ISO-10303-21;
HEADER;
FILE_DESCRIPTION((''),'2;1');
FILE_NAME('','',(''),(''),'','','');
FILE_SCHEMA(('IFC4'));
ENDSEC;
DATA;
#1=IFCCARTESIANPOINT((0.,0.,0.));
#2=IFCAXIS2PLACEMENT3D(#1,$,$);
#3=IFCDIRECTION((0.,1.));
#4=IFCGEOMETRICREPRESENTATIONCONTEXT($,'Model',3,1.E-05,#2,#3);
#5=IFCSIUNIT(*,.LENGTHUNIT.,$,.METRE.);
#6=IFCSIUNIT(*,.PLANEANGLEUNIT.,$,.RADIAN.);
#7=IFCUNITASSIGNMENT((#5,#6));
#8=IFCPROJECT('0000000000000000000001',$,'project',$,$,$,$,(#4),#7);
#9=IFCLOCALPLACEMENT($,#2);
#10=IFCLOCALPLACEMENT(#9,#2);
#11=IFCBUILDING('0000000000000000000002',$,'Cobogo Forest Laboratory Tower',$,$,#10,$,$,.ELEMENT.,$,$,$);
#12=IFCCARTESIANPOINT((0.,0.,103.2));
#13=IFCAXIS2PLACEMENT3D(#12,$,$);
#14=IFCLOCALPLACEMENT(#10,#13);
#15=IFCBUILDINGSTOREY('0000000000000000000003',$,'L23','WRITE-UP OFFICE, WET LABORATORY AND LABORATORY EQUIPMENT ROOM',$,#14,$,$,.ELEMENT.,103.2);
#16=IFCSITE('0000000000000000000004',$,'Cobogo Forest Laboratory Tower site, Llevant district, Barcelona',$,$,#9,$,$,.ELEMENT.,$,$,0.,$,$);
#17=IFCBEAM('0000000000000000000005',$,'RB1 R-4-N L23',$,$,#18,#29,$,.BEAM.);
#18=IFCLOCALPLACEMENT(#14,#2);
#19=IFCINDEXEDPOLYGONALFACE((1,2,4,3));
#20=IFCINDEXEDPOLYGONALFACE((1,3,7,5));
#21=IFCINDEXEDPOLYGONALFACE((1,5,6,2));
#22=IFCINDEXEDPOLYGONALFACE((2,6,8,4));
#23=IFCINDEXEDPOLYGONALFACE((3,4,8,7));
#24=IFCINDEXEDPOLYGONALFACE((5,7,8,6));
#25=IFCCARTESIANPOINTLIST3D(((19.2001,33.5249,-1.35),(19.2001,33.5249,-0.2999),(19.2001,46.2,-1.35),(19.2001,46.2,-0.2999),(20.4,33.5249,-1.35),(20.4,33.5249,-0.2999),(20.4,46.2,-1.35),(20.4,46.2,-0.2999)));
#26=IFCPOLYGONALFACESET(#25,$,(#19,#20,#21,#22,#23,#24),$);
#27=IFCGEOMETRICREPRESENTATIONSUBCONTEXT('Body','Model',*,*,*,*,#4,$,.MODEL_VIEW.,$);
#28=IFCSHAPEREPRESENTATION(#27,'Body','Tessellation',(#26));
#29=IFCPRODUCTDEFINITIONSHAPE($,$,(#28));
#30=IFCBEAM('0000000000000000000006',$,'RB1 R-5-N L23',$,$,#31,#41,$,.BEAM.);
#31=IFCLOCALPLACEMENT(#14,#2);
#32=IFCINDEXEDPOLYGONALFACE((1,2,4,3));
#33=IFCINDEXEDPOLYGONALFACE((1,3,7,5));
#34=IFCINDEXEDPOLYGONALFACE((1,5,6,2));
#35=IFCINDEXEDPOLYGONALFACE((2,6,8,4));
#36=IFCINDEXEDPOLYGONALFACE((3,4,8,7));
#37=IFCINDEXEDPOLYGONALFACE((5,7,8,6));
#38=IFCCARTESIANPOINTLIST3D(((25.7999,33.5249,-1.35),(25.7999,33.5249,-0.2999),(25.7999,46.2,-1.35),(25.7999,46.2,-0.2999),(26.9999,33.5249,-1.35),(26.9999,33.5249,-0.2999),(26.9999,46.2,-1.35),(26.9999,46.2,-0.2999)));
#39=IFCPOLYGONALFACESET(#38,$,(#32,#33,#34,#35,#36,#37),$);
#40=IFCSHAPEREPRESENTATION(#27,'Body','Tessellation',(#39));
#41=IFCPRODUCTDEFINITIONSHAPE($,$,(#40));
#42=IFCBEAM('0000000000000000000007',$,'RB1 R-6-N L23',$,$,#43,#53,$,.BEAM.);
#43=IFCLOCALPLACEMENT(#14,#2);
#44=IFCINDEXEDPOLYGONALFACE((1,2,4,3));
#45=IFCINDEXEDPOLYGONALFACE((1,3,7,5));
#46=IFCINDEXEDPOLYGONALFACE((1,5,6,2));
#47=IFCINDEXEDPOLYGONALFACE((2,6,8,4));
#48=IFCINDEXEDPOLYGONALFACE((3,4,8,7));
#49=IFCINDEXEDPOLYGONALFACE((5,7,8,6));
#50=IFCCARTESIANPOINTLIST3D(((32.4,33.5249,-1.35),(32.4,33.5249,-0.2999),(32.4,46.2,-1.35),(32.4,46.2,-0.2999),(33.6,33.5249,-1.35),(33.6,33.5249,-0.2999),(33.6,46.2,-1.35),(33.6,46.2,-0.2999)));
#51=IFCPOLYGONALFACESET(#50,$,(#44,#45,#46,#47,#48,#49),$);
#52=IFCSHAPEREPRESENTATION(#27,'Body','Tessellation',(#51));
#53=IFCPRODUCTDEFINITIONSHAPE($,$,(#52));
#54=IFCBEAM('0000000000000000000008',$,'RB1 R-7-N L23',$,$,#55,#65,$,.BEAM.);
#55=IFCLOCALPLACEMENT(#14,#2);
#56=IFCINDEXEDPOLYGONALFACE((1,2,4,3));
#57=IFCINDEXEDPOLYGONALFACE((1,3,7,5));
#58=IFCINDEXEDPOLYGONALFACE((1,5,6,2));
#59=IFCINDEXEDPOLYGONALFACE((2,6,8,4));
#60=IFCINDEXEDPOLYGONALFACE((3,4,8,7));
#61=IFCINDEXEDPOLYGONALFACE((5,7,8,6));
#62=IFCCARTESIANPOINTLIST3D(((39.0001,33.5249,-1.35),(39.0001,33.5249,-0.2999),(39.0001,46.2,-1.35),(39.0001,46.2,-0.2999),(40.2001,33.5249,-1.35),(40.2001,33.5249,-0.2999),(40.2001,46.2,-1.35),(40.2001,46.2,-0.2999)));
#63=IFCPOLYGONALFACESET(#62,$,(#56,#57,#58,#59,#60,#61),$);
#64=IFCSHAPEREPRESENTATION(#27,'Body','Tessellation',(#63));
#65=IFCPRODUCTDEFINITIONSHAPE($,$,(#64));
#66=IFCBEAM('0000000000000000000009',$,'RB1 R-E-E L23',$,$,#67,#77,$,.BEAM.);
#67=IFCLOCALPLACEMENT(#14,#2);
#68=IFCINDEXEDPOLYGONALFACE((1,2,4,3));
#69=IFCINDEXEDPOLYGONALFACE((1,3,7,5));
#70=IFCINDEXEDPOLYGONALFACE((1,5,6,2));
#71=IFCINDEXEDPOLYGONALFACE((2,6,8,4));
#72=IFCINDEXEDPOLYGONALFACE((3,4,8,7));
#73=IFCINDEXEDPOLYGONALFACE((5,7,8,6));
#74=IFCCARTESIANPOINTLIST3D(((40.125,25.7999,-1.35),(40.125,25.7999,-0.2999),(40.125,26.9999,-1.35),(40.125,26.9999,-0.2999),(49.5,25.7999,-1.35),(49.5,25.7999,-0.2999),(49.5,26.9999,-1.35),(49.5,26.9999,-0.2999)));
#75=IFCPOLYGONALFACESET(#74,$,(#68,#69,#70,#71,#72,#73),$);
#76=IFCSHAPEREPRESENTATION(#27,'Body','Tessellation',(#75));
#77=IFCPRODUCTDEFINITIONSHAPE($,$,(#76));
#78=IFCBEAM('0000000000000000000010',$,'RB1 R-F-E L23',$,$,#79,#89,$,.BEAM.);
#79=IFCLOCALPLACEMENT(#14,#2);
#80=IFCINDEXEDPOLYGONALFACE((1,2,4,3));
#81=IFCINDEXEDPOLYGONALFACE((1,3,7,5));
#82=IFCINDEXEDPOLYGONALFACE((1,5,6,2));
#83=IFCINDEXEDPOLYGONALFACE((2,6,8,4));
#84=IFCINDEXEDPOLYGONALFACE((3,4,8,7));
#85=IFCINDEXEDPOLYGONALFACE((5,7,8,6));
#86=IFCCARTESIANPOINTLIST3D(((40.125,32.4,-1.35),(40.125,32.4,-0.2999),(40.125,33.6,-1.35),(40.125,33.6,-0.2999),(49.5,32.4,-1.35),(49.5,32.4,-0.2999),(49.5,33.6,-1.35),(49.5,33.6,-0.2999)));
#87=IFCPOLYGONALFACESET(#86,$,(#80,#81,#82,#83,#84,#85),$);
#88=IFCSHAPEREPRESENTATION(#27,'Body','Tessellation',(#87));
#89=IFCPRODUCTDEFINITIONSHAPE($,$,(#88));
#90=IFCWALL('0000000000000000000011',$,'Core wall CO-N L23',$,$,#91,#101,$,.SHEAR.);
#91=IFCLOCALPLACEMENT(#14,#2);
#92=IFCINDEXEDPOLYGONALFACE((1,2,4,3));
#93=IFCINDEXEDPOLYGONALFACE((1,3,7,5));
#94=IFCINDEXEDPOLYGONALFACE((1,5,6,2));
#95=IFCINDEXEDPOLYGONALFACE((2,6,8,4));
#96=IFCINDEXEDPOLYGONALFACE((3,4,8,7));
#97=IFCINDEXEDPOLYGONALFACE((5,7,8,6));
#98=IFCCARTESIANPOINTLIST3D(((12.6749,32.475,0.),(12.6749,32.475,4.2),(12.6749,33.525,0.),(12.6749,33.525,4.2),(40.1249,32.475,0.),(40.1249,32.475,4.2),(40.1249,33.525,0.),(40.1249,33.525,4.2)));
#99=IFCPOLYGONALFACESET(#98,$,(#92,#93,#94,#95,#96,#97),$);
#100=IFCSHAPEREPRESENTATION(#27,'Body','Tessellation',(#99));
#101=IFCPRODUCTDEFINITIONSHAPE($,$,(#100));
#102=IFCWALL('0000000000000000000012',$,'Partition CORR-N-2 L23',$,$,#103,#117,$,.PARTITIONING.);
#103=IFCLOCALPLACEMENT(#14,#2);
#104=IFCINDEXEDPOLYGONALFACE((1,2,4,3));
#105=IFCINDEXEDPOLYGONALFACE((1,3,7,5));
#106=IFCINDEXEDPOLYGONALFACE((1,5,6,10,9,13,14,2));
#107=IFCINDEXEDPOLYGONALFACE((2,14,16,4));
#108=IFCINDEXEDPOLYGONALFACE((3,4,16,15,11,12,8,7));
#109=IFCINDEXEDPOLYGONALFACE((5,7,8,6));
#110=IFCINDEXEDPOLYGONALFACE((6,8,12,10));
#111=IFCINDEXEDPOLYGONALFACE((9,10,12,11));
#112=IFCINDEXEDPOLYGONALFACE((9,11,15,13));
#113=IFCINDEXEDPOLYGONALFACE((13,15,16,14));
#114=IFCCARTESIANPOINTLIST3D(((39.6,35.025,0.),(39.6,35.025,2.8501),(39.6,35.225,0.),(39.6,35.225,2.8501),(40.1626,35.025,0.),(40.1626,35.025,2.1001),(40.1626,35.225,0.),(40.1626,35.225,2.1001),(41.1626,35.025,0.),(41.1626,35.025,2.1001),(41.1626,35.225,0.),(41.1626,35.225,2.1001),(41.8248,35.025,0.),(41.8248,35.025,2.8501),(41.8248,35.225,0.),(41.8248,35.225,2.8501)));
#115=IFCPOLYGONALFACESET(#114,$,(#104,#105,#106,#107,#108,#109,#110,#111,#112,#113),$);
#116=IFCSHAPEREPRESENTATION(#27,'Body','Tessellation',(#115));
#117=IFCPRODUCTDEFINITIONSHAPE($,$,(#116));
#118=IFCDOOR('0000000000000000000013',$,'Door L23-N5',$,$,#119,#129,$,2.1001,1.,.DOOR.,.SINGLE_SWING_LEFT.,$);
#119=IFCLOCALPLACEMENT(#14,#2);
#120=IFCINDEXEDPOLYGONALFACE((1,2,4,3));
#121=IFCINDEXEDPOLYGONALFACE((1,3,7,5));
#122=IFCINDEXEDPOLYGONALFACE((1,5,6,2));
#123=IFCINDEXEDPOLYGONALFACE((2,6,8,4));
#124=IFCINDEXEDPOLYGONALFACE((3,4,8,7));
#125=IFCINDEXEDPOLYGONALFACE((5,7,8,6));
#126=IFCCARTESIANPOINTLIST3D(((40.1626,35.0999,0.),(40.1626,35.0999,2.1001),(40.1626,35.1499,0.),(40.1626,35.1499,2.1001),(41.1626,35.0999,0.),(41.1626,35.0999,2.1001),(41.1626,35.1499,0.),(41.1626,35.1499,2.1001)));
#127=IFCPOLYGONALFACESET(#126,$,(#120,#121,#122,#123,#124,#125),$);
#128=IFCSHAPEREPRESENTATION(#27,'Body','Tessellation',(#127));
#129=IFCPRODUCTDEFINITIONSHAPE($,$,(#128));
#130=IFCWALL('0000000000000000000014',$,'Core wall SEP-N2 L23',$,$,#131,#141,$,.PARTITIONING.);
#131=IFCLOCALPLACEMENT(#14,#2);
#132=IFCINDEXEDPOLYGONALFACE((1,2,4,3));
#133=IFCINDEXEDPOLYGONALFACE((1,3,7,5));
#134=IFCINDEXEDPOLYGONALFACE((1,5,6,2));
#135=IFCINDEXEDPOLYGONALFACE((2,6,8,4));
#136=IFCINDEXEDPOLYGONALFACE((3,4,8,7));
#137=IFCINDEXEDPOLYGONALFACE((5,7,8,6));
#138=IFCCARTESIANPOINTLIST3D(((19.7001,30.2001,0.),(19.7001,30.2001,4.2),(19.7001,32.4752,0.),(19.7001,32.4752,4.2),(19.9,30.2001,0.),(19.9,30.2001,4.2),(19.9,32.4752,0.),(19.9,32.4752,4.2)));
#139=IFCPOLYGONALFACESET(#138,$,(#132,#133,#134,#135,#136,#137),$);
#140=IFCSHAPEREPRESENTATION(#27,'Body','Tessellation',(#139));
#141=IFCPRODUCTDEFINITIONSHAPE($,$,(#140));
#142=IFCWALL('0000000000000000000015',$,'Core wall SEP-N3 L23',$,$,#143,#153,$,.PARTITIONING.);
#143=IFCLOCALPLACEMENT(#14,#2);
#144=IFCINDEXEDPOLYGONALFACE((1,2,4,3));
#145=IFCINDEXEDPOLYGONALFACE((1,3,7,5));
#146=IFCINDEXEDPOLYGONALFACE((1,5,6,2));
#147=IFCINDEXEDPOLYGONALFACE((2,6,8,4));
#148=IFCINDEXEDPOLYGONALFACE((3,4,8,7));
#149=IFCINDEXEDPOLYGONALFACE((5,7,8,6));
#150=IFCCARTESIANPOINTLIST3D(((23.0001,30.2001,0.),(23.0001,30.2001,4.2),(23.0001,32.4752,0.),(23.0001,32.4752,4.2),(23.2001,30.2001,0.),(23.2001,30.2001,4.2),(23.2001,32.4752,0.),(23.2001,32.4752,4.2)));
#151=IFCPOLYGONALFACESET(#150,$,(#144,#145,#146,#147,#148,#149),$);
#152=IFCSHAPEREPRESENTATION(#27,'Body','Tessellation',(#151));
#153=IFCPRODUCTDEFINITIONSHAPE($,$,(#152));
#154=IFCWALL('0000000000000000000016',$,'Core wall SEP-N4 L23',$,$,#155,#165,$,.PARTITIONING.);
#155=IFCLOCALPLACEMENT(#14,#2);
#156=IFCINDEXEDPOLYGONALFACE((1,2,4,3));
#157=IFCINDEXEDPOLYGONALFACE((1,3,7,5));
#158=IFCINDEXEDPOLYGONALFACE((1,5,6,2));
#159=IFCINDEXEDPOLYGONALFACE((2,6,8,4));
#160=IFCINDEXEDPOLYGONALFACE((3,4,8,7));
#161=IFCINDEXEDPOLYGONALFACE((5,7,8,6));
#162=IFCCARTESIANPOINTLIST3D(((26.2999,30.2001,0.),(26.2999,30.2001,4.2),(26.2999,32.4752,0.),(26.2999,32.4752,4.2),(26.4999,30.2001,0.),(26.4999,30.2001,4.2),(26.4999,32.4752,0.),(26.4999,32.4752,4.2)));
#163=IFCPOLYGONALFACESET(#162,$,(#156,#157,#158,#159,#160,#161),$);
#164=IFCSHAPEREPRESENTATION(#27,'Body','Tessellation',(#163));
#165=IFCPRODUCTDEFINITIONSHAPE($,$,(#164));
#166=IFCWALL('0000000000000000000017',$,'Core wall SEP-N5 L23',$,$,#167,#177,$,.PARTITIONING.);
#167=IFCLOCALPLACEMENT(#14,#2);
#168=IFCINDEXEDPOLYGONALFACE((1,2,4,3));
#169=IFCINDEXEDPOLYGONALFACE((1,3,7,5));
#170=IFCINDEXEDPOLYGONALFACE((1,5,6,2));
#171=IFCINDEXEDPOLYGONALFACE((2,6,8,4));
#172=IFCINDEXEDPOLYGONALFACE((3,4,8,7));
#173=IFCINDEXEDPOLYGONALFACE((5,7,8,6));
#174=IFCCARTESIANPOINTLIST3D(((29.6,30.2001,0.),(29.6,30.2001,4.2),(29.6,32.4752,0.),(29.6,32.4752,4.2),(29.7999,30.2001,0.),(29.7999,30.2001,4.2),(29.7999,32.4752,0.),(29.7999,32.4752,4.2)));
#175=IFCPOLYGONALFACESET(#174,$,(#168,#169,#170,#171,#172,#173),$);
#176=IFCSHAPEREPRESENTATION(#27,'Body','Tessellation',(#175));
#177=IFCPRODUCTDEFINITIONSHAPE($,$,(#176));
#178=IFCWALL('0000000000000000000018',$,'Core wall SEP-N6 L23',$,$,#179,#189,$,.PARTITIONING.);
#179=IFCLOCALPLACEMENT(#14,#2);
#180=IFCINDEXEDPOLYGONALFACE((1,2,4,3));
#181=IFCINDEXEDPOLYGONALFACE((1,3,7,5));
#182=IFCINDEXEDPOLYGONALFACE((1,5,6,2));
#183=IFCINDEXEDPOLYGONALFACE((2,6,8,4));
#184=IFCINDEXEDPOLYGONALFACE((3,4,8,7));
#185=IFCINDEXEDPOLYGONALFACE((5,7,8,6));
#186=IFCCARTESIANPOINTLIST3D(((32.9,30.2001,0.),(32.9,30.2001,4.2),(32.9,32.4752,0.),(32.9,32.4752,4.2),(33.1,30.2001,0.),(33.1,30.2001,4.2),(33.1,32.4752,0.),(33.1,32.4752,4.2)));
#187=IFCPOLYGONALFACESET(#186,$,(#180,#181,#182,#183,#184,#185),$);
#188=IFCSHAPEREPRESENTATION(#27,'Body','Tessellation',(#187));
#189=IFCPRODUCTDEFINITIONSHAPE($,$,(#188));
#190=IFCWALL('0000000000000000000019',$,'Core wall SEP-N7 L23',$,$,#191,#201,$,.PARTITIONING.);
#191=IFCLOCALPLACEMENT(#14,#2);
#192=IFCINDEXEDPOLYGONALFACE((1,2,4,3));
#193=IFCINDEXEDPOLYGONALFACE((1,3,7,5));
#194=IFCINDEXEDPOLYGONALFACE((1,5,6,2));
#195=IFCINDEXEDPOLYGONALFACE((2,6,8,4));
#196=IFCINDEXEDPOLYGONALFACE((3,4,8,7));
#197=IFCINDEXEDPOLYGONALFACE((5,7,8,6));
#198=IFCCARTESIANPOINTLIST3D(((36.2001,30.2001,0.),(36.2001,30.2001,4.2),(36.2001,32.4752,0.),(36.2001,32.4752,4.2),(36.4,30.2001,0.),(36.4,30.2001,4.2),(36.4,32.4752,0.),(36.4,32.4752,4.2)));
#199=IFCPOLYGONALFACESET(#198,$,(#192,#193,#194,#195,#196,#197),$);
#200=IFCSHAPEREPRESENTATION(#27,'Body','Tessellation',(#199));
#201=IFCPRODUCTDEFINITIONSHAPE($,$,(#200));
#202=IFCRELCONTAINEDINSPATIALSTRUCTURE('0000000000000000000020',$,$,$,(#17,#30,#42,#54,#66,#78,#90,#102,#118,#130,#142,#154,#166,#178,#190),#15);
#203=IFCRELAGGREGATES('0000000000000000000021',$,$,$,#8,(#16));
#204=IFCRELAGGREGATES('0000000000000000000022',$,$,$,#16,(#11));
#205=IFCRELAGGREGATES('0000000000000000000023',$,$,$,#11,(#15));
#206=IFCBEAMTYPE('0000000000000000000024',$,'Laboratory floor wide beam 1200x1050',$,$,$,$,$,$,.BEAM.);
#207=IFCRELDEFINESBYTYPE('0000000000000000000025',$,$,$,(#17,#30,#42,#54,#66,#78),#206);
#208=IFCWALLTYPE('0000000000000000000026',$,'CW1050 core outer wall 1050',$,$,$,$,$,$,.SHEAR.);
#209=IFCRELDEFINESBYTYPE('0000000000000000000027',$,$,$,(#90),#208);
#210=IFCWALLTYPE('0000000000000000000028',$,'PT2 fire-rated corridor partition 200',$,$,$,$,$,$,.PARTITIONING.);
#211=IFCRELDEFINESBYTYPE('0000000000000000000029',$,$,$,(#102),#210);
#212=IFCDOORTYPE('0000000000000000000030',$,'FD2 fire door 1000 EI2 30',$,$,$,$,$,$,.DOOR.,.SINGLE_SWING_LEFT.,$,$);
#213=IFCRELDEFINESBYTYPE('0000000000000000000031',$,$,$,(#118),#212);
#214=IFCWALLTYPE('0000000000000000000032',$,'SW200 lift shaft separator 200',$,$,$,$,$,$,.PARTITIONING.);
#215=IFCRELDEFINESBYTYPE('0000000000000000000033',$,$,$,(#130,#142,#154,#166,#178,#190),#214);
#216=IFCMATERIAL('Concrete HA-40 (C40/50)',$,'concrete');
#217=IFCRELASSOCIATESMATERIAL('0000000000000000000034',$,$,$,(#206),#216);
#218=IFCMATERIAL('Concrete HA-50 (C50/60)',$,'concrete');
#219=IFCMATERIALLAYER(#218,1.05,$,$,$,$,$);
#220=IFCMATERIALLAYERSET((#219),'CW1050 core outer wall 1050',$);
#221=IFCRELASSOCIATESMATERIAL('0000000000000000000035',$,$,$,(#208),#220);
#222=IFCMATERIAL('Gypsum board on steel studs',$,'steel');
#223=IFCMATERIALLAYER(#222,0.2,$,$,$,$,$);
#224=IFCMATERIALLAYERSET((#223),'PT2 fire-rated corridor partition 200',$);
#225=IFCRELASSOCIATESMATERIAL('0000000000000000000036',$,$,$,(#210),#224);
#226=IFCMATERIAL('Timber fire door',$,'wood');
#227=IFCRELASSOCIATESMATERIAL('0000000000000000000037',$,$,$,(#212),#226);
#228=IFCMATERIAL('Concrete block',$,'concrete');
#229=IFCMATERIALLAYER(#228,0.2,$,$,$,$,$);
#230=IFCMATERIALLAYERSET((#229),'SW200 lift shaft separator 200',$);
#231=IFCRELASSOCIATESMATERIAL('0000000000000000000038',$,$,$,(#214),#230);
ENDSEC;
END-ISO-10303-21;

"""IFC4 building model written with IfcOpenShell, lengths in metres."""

from ifc_helpers import new_model, si_unit, direction, frame, frame_2d, origin, origin_2d, place, context, subcontext, project, spatial, rectangle, extrude, material, layer, layer_set, material_profile, profile_set, type_object, element, fill, save


model = new_model("IFC4")

# Units and contexts
model_context = context("Model", 3, precision=1e-05, world=origin(), true_north=direction((0.0, 1.0)))
body_context = subcontext(model_context, "Body", "Model", "MODEL_VIEW")
ifc_project = project(units=[si_unit("LENGTHUNIT", "METRE"), si_unit("PLANEANGLEUNIT", "RADIAN")], contexts=[model_context])

# Site, building, storey
site_placement = place(None, origin())
site = spatial("IfcSite", under=ifc_project, at=site_placement, Name="Cobogo Forest Laboratory Tower site, Llevant district, Barcelona", CompositionType="ELEMENT", RefElevation=0.0)
building_placement = place(site_placement, origin())
building = spatial("IfcBuilding", under=site, at=building_placement, Name="Cobogo Forest Laboratory Tower", CompositionType="ELEMENT")
storey_placement = place(building_placement, frame((0.0, 0.0, 103.2)))
storey = spatial("IfcBuildingStorey", under=building, at=storey_placement, Name="L23", Description="WRITE-UP OFFICE, WET LABORATORY AND LABORATORY EQUIPMENT ROOM", CompositionType="ELEMENT", Elevation=103.2)

# Beams
ifc_material_1 = material(Name="Concrete HA-40 (C40/50)", Category="concrete")
ifc_material_profile = material_profile(ifc_material_1, rectangle(XDim=1.2, YDim=1.05, at=origin_2d()), Name="RC 1200x1050")
ifc_profile_set = profile_set([ifc_material_profile], Name="Concrete HA-40 (C40/50)")
beam_type = type_object("IfcBeamType", Name="Laboratory floor wide beam 1200x1050", PredefinedType="BEAM", material=ifc_profile_set)
for number, where, z_axis, x_axis, name in (
    (1, (19.8, 33.5249, -0.825), (0.0, 1.0, 0.0), (-1.0, 0.0, 0.0), "RB1 R-4-N L23"),
    (2, (26.3999, 33.5249, -0.825), (0.0, 1.0, 0.0), (-1.0, 0.0, 0.0), "RB1 R-5-N L23"),
    (3, (33.0, 33.5249, -0.825), (0.0, 1.0, 0.0), (-1.0, 0.0, 0.0), "RB1 R-6-N L23"),
    (4, (39.6001, 33.5249, -0.825), (0.0, 1.0, 0.0), (-1.0, 0.0, 0.0), "RB1 R-7-N L23"),
):
    element("IfcBeam", number, at=place(storey_placement, frame(where, z_axis=z_axis, x_axis=x_axis)), inside=storey, type_object=beam_type, Name=name, PredefinedType="BEAM", context=body_context, shape_type="SweptSolid", body=[
        extrude(rectangle(XDim=1.2, YDim=1.05, at=origin_2d()), origin(), (0.0, 0.0, 1.0), 12.675),
    ])
for number, where, z_axis, x_axis, name in (
    (5, (40.125, 26.3999, -0.825), (1.0, 0.0, 0.0), (0.0, 1.0, 0.0), "RB1 R-E-E L23"),
    (6, (40.125, 33.0, -0.825), (1.0, 0.0, 0.0), (0.0, 1.0, 0.0), "RB1 R-F-E L23"),
):
    element("IfcBeam", number, at=place(storey_placement, frame(where, z_axis=z_axis, x_axis=x_axis)), inside=storey, type_object=beam_type, Name=name, PredefinedType="BEAM", context=body_context, shape_type="SweptSolid", body=[
        extrude(rectangle(XDim=1.2, YDim=1.05, at=origin_2d()), origin(), (0.0, 0.0, 1.0), 9.375),
    ])

# Wall
ifc_material_2 = material(Name="Concrete HA-50 (C50/60)", Category="concrete")
ifc_layer_1 = layer(ifc_material_2, 1.05)
ifc_layer_set_1 = layer_set([ifc_layer_1], Name="CW1050 core outer wall 1050")
wall_type_1 = type_object("IfcWallType", Name="CW1050 core outer wall 1050", PredefinedType="SHEAR", material=ifc_layer_set_1)
wall_1_placement = place(storey_placement, frame((40.125, 33.0, 0.0), z_axis=(0.0, 0.0, 1.0), x_axis=(-1.0, 0.0, 0.0)))
element("IfcWall", 7, at=wall_1_placement, inside=storey, type_object=wall_type_1, Name="Core wall CO-N L23", PredefinedType="SHEAR", context=body_context, shape_type="SweptSolid", body=[
    extrude(rectangle(XDim=27.45, YDim=1.05, at=frame_2d((13.7251, 0.0))), origin(), (0.0, 0.0, 1.0), 4.2),
])

# Wall, opening, door
ifc_material_3 = material(Name="Gypsum board on steel studs", Category="steel")
ifc_layer_2 = layer(ifc_material_3, 0.2)
ifc_layer_set_2 = layer_set([ifc_layer_2], Name="PT2 fire-rated corridor partition 200")
wall_type_2 = type_object("IfcWallType", Name="PT2 fire-rated corridor partition 200", PredefinedType="PARTITIONING", material=ifc_layer_set_2)
wall_2_placement = place(storey_placement, frame((39.6001, 35.125, 0.0), z_axis=(0.0, 0.0, 1.0), x_axis=(1.0, 0.0, 0.0)))
wall_2 = element("IfcWall", 8, at=wall_2_placement, inside=storey, type_object=wall_type_2, Name="Partition CORR-N-2 L23", PredefinedType="PARTITIONING", context=body_context, shape_type="SweptSolid", body=[
    extrude(rectangle(XDim=2.2249, YDim=0.2, at=frame_2d((1.1123, 0.0))), origin(), (0.0, 0.0, 1.0), 2.8501),
])
opening_placement = place(wall_2_placement, frame((0.5625, 0.0, 0.0)))
opening = element("IfcOpeningElement", 9, at=opening_placement, cuts=wall_2, PredefinedType="OPENING", context=body_context, shape_type="SweptSolid", body=[
    extrude(rectangle(XDim=1.0, YDim=2.1001, at=frame_2d((0.5, 1.05))), frame((0.0, 0.1099, 0.0), z_axis=(0.0, -1.0, 0.0), x_axis=(1.0, 0.0, 0.0)), (0.0, 0.0, 1.0), 0.22),
])
ifc_material_4 = material(Name="Timber fire door", Category="wood")
door_type = type_object("IfcDoorType", Name="FD2 fire door 1000 EI2 30", OperationType="SINGLE_SWING_LEFT", PredefinedType="DOOR", material=ifc_material_4)
door_placement = place(opening_placement, origin())
door = element("IfcDoor", 10, at=door_placement, inside=storey, type_object=door_type, Name="Door L23-N5", OperationType="SINGLE_SWING_LEFT", OverallHeight=2.1001, OverallWidth=1.0, PredefinedType="DOOR", context=body_context, shape_type="SweptSolid", body=[
    extrude(rectangle(XDim=1.0, YDim=2.1001, at=frame_2d((0.5, 1.05))), frame((0.0, 0.0249, 0.0), z_axis=(0.0, -1.0, 0.0), x_axis=(1.0, 0.0, 0.0)), (0.0, 0.0, 1.0), 0.05),
])
fill(opening, door)

# Walls
ifc_material_5 = material(Name="Concrete block", Category="concrete")
ifc_layer_3 = layer(ifc_material_5, 0.2)
ifc_layer_set_3 = layer_set([ifc_layer_3], Name="SW200 lift shaft separator 200")
wall_type_3 = type_object("IfcWallType", Name="SW200 lift shaft separator 200", PredefinedType="PARTITIONING", material=ifc_layer_set_3)
for number, where, z_axis, x_axis, name in (
    (11, (19.8, 30.2, 0.0), (0.0, 0.0, 1.0), (0.0, 1.0, 0.0), "Core wall SEP-N2 L23"),
    (12, (23.1001, 30.2, 0.0), (0.0, 0.0, 1.0), (0.0, 1.0, 0.0), "Core wall SEP-N3 L23"),
    (13, (26.3999, 30.2, 0.0), (0.0, 0.0, 1.0), (0.0, 1.0, 0.0), "Core wall SEP-N4 L23"),
    (14, (29.7, 30.2, 0.0), (0.0, 0.0, 1.0), (0.0, 1.0, 0.0), "Core wall SEP-N5 L23"),
    (15, (33.0, 30.2, 0.0), (0.0, 0.0, 1.0), (0.0, 1.0, 0.0), "Core wall SEP-N6 L23"),
    (16, (36.3, 30.2, 0.0), (0.0, 0.0, 1.0), (0.0, 1.0, 0.0), "Core wall SEP-N7 L23"),
):
    element("IfcWall", number, at=place(storey_placement, frame(where, z_axis=z_axis, x_axis=x_axis)), inside=storey, type_object=wall_type_3, Name=name, PredefinedType="PARTITIONING", context=body_context, shape_type="SweptSolid", body=[
        extrude(rectangle(XDim=2.2751, YDim=0.2, at=frame_2d((1.1377, 0.0))), origin(), (0.0, 0.0, 1.0), 4.2),
    ])

save(model, "model.ifc")
